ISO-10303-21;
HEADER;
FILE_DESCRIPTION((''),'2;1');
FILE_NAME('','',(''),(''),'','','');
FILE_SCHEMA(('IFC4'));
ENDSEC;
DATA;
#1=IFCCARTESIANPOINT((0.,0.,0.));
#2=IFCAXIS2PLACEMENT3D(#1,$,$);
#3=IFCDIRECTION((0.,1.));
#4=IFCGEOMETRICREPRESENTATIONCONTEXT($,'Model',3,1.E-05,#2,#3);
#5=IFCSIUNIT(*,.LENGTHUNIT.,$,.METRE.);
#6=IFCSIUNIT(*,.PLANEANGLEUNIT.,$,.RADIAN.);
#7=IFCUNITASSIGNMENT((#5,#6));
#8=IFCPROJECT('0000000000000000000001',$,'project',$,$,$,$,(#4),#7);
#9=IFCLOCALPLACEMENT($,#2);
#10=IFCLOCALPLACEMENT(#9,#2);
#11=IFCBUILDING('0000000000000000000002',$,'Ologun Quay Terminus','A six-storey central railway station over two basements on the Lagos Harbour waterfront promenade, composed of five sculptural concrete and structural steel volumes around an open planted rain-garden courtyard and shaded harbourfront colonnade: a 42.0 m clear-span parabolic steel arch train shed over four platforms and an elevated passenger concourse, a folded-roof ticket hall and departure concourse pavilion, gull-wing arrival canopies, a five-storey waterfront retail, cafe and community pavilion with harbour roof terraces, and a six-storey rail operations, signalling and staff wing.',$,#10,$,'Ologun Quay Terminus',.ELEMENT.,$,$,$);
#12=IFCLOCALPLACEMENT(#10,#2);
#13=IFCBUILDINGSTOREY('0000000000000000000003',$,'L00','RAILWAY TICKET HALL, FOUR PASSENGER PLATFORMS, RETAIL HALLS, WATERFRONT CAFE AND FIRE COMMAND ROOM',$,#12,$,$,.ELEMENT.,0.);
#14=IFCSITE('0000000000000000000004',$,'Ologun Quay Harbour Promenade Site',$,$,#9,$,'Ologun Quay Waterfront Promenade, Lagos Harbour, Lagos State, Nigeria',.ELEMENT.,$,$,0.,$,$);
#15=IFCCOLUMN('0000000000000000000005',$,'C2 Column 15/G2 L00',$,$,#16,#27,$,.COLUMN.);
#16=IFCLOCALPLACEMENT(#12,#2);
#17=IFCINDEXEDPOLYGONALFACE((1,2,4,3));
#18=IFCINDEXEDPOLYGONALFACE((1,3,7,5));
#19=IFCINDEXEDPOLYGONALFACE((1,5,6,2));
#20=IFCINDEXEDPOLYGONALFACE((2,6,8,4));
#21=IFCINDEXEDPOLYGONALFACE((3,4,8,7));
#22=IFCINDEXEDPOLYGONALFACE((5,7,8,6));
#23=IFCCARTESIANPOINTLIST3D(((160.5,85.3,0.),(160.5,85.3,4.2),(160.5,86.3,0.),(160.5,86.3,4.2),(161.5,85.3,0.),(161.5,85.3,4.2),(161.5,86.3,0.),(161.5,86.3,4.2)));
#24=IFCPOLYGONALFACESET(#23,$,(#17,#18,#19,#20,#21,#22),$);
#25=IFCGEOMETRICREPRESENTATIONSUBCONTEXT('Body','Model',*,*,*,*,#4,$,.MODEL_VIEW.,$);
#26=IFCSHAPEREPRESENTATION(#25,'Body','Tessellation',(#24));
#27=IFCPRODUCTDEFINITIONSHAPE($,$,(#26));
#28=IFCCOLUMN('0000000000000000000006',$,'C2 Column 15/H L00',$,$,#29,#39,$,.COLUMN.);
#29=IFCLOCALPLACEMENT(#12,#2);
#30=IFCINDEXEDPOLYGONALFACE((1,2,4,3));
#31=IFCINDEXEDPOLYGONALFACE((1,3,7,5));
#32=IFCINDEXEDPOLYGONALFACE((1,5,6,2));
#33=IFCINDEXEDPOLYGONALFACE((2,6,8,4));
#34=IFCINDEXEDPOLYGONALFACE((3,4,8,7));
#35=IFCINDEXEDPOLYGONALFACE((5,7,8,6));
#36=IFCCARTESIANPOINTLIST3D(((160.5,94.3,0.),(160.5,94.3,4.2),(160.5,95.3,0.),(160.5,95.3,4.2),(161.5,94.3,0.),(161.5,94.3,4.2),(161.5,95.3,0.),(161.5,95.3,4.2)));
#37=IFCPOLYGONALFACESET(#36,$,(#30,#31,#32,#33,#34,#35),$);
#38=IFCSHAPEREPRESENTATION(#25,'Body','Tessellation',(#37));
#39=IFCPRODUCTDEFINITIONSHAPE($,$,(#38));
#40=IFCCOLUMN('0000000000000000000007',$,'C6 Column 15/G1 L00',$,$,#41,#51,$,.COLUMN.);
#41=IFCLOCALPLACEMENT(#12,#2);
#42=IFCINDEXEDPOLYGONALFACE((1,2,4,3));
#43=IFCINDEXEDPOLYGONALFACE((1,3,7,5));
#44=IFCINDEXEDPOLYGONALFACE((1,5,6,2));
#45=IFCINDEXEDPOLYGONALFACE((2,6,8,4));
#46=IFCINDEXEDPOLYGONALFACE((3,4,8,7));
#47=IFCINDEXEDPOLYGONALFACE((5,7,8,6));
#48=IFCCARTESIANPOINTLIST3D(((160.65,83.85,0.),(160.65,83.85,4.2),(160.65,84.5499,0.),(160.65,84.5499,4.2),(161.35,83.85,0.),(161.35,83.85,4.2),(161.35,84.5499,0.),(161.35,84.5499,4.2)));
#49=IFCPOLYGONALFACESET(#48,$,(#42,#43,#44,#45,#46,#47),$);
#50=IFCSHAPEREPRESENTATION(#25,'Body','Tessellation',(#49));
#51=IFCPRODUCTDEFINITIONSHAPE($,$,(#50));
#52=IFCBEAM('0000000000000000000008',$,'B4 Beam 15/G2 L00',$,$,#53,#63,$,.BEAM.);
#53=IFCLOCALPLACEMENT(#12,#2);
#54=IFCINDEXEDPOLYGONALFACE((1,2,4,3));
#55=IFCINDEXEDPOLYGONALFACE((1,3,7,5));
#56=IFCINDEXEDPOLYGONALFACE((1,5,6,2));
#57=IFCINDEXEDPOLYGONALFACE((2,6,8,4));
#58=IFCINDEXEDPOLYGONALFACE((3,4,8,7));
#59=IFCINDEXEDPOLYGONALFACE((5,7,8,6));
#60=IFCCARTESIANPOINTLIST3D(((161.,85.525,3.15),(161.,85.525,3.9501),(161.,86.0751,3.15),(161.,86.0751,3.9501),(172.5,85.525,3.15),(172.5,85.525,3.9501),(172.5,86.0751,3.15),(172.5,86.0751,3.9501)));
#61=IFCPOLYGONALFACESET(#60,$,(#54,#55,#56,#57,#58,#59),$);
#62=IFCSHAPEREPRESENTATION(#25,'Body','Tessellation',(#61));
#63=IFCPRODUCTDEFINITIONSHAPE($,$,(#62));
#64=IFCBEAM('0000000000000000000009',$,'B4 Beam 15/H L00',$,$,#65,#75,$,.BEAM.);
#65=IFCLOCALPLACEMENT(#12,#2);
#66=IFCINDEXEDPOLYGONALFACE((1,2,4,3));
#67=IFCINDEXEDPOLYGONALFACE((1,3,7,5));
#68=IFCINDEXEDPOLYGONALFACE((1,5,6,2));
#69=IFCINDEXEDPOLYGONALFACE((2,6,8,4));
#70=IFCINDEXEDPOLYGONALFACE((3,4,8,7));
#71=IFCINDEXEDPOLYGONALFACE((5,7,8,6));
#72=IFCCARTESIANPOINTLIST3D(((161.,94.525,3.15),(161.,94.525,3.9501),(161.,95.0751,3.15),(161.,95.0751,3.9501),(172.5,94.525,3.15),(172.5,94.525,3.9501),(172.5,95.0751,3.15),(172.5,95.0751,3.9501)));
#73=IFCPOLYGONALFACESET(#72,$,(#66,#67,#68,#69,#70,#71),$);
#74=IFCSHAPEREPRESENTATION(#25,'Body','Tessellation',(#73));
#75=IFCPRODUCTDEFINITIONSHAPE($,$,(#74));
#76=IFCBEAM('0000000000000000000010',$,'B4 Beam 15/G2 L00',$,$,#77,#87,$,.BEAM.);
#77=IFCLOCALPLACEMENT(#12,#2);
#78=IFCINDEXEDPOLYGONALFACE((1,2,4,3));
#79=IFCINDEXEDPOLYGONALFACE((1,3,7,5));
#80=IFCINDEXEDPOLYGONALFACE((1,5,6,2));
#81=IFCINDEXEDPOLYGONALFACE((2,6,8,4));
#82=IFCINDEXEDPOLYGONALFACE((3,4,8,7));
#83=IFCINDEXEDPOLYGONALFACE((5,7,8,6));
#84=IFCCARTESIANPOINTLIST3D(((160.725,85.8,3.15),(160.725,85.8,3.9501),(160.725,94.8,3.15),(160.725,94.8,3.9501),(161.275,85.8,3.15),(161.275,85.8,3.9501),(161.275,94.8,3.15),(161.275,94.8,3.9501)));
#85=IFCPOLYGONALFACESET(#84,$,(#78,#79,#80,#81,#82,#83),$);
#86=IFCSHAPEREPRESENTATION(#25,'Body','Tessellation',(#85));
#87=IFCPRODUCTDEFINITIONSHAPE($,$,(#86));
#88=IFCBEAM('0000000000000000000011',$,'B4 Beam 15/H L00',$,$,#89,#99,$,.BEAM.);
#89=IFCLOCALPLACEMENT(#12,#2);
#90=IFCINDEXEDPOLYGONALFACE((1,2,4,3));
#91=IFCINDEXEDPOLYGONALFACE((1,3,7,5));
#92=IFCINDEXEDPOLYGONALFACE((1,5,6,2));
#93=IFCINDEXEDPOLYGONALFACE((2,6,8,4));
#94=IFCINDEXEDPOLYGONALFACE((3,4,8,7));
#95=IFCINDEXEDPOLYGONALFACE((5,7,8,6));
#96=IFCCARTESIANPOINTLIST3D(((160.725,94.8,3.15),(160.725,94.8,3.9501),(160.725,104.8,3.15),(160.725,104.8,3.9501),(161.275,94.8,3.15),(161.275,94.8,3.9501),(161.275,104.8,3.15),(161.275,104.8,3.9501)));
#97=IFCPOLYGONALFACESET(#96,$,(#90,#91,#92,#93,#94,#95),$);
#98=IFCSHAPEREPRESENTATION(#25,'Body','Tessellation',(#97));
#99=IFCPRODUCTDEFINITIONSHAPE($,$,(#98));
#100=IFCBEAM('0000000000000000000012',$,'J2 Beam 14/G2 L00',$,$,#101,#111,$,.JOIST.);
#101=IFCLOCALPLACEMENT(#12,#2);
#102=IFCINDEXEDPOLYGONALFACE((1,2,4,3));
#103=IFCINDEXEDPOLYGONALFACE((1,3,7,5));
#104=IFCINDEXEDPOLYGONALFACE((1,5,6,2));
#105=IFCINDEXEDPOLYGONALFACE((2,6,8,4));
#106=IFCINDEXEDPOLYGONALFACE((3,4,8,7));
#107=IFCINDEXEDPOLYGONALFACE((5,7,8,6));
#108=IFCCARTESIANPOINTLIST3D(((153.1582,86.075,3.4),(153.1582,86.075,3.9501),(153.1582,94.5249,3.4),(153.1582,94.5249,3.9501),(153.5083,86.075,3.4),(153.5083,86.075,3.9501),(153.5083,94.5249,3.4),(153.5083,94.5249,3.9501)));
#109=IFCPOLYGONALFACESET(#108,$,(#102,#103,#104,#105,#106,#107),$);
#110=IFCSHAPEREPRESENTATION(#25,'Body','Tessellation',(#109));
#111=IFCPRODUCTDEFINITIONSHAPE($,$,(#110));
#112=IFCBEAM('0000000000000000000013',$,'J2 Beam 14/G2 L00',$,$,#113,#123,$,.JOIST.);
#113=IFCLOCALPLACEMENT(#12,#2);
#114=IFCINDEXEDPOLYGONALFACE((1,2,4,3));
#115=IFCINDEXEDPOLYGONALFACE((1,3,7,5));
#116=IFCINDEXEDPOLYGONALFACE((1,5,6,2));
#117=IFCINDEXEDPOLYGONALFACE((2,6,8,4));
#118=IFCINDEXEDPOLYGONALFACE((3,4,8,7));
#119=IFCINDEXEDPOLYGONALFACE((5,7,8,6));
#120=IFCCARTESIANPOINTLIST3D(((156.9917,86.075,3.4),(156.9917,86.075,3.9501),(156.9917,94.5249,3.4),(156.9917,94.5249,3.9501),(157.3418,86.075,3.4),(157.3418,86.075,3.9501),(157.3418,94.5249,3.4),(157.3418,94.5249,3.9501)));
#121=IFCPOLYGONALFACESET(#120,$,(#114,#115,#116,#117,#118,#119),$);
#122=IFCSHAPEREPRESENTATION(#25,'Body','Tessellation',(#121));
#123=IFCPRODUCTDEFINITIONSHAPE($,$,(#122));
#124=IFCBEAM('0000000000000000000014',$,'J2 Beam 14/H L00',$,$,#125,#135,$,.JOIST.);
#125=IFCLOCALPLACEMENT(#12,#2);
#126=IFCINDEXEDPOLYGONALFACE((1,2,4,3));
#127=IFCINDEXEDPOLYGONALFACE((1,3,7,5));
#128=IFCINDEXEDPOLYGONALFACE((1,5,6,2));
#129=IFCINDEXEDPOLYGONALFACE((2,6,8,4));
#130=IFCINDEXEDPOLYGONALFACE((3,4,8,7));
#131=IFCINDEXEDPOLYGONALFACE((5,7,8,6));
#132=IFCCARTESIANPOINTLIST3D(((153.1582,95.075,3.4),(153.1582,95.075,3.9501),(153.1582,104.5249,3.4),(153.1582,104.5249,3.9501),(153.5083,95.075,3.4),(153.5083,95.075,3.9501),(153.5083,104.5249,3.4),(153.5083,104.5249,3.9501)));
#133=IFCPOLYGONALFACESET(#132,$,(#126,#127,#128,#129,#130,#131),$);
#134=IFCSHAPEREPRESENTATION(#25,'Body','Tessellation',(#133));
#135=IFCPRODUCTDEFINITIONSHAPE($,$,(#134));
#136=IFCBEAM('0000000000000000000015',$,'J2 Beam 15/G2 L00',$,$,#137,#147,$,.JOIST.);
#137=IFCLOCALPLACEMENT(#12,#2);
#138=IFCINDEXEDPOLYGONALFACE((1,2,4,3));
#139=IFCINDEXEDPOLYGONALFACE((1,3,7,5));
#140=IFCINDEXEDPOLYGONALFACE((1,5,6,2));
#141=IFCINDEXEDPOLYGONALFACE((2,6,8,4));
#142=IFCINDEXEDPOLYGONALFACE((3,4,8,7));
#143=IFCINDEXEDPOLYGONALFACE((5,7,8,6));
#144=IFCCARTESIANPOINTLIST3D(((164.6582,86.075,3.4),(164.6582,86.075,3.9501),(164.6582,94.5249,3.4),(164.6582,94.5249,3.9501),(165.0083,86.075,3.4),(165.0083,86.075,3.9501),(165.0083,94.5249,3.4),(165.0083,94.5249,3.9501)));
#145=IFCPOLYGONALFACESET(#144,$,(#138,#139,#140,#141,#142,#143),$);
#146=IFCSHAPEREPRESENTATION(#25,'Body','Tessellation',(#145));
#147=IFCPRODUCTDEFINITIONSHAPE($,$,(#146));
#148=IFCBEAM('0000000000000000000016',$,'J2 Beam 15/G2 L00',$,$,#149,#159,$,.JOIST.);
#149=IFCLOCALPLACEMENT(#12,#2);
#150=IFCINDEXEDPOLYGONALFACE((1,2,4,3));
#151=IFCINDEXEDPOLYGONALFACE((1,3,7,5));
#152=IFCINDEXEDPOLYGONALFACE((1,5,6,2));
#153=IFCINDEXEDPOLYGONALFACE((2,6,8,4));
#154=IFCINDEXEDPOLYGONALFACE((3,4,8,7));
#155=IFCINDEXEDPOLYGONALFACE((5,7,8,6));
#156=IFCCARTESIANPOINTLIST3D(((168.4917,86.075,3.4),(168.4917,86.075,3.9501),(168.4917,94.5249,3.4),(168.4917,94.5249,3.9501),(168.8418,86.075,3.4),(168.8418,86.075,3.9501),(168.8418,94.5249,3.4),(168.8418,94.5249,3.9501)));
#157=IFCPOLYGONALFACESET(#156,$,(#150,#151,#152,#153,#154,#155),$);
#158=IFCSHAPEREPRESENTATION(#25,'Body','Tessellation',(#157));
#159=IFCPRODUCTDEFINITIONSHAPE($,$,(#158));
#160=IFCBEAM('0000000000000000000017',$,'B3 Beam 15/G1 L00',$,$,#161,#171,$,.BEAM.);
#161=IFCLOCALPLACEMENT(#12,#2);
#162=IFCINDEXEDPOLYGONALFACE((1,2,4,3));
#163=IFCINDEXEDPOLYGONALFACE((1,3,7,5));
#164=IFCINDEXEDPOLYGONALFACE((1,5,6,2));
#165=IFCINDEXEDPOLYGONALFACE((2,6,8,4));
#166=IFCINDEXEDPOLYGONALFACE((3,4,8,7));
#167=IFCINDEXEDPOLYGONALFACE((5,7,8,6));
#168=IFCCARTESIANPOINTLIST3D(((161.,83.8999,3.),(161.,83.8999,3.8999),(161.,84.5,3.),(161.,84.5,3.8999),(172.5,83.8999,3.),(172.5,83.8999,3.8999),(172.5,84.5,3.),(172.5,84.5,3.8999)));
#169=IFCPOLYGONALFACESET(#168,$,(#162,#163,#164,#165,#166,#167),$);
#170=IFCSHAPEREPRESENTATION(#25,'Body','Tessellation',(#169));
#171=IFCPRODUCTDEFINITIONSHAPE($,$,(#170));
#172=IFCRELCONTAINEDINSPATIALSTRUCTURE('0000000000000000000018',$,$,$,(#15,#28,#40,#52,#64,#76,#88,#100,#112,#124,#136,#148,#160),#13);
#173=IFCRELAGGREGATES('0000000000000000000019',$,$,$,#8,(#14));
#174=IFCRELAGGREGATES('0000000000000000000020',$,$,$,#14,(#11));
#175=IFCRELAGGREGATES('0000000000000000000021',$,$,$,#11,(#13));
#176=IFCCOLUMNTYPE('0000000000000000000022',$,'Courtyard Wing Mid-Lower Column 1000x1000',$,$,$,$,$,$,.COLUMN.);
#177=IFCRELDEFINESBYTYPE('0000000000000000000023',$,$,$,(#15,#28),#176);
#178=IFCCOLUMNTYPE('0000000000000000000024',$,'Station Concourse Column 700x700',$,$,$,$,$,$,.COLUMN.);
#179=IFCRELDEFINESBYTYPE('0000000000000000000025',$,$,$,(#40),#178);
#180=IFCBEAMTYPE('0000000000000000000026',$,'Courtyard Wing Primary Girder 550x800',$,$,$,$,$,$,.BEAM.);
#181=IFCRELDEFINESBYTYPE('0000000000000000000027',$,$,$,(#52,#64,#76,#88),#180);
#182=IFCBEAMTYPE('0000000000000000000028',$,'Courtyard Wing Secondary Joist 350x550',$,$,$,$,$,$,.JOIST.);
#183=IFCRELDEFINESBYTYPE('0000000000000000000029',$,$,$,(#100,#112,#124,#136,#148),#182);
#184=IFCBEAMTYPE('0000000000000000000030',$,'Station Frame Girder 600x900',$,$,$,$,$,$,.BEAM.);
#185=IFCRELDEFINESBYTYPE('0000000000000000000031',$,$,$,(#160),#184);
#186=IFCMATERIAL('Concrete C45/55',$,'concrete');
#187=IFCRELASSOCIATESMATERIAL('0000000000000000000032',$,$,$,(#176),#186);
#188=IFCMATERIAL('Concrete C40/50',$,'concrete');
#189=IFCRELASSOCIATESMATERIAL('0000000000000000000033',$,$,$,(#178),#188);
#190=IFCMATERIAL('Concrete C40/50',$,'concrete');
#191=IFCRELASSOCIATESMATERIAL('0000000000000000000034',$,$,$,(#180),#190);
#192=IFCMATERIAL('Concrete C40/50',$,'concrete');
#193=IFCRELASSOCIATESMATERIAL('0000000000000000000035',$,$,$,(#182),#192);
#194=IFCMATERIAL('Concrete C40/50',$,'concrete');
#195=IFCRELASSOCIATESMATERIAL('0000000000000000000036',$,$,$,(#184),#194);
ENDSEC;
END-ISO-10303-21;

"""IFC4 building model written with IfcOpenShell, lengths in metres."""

from ifc_helpers import new_model, si_unit, direction, frame, origin, origin_2d, place, context, subcontext, project, spatial, rectangle, extrude, material, material_profile, profile_set, type_object, element, save


model = new_model("IFC4")

# Units and contexts
model_context = context("Model", 3, precision=1e-05, world=origin(), true_north=direction((0.0, 1.0)))
body_context = subcontext(model_context, "Body", "Model", "MODEL_VIEW")
ifc_project = project(units=[si_unit("LENGTHUNIT", "METRE"), si_unit("PLANEANGLEUNIT", "RADIAN")], contexts=[model_context])

# Site, building, storey
site_placement = place(None, origin())
site = spatial("IfcSite", under=ifc_project, at=site_placement, Name="Ologun Quay Harbour Promenade Site", LongName="Ologun Quay Waterfront Promenade, Lagos Harbour, Lagos State, Nigeria", CompositionType="ELEMENT", RefElevation=0.0)
building_placement = place(site_placement, origin())
building = spatial("IfcBuilding", under=site, at=building_placement, Name="Ologun Quay Terminus", Description="A six-storey central railway station over two basements on the Lagos Harbour waterfront promenade, composed of five sculptural concrete and structural steel volumes around an open planted rain-garden courtyard and shaded harbourfront colonnade: a 42.0 m clear-span parabolic steel arch train shed over four platforms and an elevated passenger concourse, a folded-roof ticket hall and departure concourse pavilion, gull-wing arrival canopies, a five-storey waterfront retail, cafe and community pavilion with harbour roof terraces, and a six-storey rail operations, signalling and staff wing.", LongName="Ologun Quay Terminus", CompositionType="ELEMENT")
storey_placement = place(building_placement, origin())
storey = spatial("IfcBuildingStorey", under=building, at=storey_placement, Name="L00", Description="RAILWAY TICKET HALL, FOUR PASSENGER PLATFORMS, RETAIL HALLS, WATERFRONT CAFE AND FIRE COMMAND ROOM", CompositionType="ELEMENT", Elevation=0.0)

# Columns
ifc_material_1 = material(Name="Concrete C45/55", Category="concrete")
ifc_material_profile_1 = material_profile(ifc_material_1, rectangle(XDim=1.0, YDim=1.0, at=origin_2d()), Name="RC 1000x1000")
ifc_profile_set_1 = profile_set([ifc_material_profile_1], Name="Concrete C45/55")
column_type_1 = type_object("IfcColumnType", Name="Courtyard Wing Mid-Lower Column 1000x1000", PredefinedType="COLUMN", material=ifc_profile_set_1)
for number, where, z_axis, x_axis, name in (
    (1, (161.0, 85.8, 0.0), (0.0, 0.0, 1.0), (1.0, 0.0, 0.0), "C2 Column 15/G2 L00"),
    (2, (161.0, 94.8, 0.0), (0.0, 0.0, 1.0), (1.0, 0.0, 0.0), "C2 Column 15/H L00"),
):
    element("IfcColumn", number, at=place(storey_placement, frame(where, z_axis=z_axis, x_axis=x_axis)), inside=storey, type_object=column_type_1, Name=name, PredefinedType="COLUMN", context=body_context, shape_type="SweptSolid", body=[
        extrude(rectangle(XDim=1.0, YDim=1.0, at=origin_2d()), origin(), (0.0, 0.0, 1.0), 4.2),
    ])
ifc_material_2 = material(Name="Concrete C40/50", Category="concrete")
ifc_material_profile_2 = material_profile(ifc_material_2, rectangle(XDim=0.7, YDim=0.7, at=origin_2d()), Name="RC 700x700")
ifc_profile_set_2 = profile_set([ifc_material_profile_2], Name="Concrete C40/50")
column_type_2 = type_object("IfcColumnType", Name="Station Concourse Column 700x700", PredefinedType="COLUMN", material=ifc_profile_set_2)
column_placement = place(storey_placement, frame((161.0, 84.2, 0.0), z_axis=(0.0, 0.0, 1.0), x_axis=(1.0, 0.0, 0.0)))
element("IfcColumn", 3, at=column_placement, inside=storey, type_object=column_type_2, Name="C6 Column 15/G1 L00", PredefinedType="COLUMN", context=body_context, shape_type="SweptSolid", body=[
    extrude(rectangle(XDim=0.7, YDim=0.7, at=origin_2d()), origin(), (0.0, 0.0, 1.0), 4.2),
])

# Beams
ifc_material_3 = material(Name="Concrete C40/50", Category="concrete")
ifc_material_profile_3 = material_profile(ifc_material_3, rectangle(XDim=0.55, YDim=0.8, at=origin_2d()), Name="RC 550x800")
ifc_profile_set_3 = profile_set([ifc_material_profile_3], Name="Concrete C40/50")
beam_type_1 = type_object("IfcBeamType", Name="Courtyard Wing Primary Girder 550x800", PredefinedType="BEAM", material=ifc_profile_set_3)
for number, where, z_axis, x_axis, name in (
    (4, (161.0, 85.8, 3.55), (1.0, 0.0, 0.0), (0.0, 1.0, 0.0), "B4 Beam 15/G2 L00"),
    (5, (161.0, 94.8, 3.55), (1.0, 0.0, 0.0), (0.0, 1.0, 0.0), "B4 Beam 15/H L00"),
):
    element("IfcBeam", number, at=place(storey_placement, frame(where, z_axis=z_axis, x_axis=x_axis)), inside=storey, type_object=beam_type_1, Name=name, PredefinedType="BEAM", context=body_context, shape_type="SweptSolid", body=[
        extrude(rectangle(XDim=0.55, YDim=0.8, at=origin_2d()), origin(), (0.0, 0.0, 1.0), 11.5),
    ])
beam_1_placement = place(storey_placement, frame((161.0, 85.8, 3.55), z_axis=(0.0, 1.0, 0.0), x_axis=(-1.0, 0.0, 0.0)))
element("IfcBeam", 6, at=beam_1_placement, inside=storey, type_object=beam_type_1, Name="B4 Beam 15/G2 L00", PredefinedType="BEAM", context=body_context, shape_type="SweptSolid", body=[
    extrude(rectangle(XDim=0.55, YDim=0.8, at=origin_2d()), origin(), (0.0, 0.0, 1.0), 9.0),
])
beam_2_placement = place(storey_placement, frame((161.0, 94.8, 3.55), z_axis=(0.0, 1.0, 0.0), x_axis=(-1.0, 0.0, 0.0)))
element("IfcBeam", 7, at=beam_2_placement, inside=storey, type_object=beam_type_1, Name="B4 Beam 15/H L00", PredefinedType="BEAM", context=body_context, shape_type="SweptSolid", body=[
    extrude(rectangle(XDim=0.55, YDim=0.8, at=origin_2d()), origin(), (0.0, 0.0, 1.0), 10.0),
])
ifc_material_4 = material(Name="Concrete C40/50", Category="concrete")
ifc_material_profile_4 = material_profile(ifc_material_4, rectangle(XDim=0.3501, YDim=0.55, at=origin_2d()), Name="RC 350x550")
ifc_profile_set_4 = profile_set([ifc_material_profile_4], Name="Concrete C40/50")
beam_type_2 = type_object("IfcBeamType", Name="Courtyard Wing Secondary Joist 350x550", PredefinedType="JOIST", material=ifc_profile_set_4)
for number, where, z_axis, x_axis, name in (
    (8, (153.3333, 86.075, 3.675), (0.0, 1.0, 0.0), (-1.0, 0.0, 0.0), "J2 Beam 14/G2 L00"),
    (9, (157.1667, 86.075, 3.675), (0.0, 1.0, 0.0), (-1.0, 0.0, 0.0), "J2 Beam 14/G2 L00"),
):
    element("IfcBeam", number, at=place(storey_placement, frame(where, z_axis=z_axis, x_axis=x_axis)), inside=storey, type_object=beam_type_2, Name=name, PredefinedType="JOIST", context=body_context, shape_type="SweptSolid", body=[
        extrude(rectangle(XDim=0.3501, YDim=0.55, at=origin_2d()), origin(), (0.0, 0.0, 1.0), 8.45),
    ])
beam_3_placement = place(storey_placement, frame((153.3333, 95.075, 3.675), z_axis=(0.0, 1.0, 0.0), x_axis=(-1.0, 0.0, 0.0)))
element("IfcBeam", 10, at=beam_3_placement, inside=storey, type_object=beam_type_2, Name="J2 Beam 14/H L00", PredefinedType="JOIST", context=body_context, shape_type="SweptSolid", body=[
    extrude(rectangle(XDim=0.3501, YDim=0.55, at=origin_2d()), origin(), (0.0, 0.0, 1.0), 9.45),
])
for number, where, z_axis, x_axis, name in (
    (11, (164.8333, 86.075, 3.675), (0.0, 1.0, 0.0), (-1.0, 0.0, 0.0), "J2 Beam 15/G2 L00"),
    (12, (168.6667, 86.075, 3.675), (0.0, 1.0, 0.0), (-1.0, 0.0, 0.0), "J2 Beam 15/G2 L00"),
):
    element("IfcBeam", number, at=place(storey_placement, frame(where, z_axis=z_axis, x_axis=x_axis)), inside=storey, type_object=beam_type_2, Name=name, PredefinedType="JOIST", context=body_context, shape_type="SweptSolid", body=[
        extrude(rectangle(XDim=0.3501, YDim=0.55, at=origin_2d()), origin(), (0.0, 0.0, 1.0), 8.45),
    ])
ifc_material_5 = material(Name="Concrete C40/50", Category="concrete")
ifc_material_profile_5 = material_profile(ifc_material_5, rectangle(XDim=0.6001, YDim=0.8999, at=origin_2d()), Name="RC 600x900")
ifc_profile_set_5 = profile_set([ifc_material_profile_5], Name="Concrete C40/50")
beam_type_3 = type_object("IfcBeamType", Name="Station Frame Girder 600x900", PredefinedType="BEAM", material=ifc_profile_set_5)
beam_4_placement = place(storey_placement, frame((161.0, 84.2, 3.45), z_axis=(1.0, 0.0, 0.0), x_axis=(0.0, 1.0, 0.0)))
element("IfcBeam", 13, at=beam_4_placement, inside=storey, type_object=beam_type_3, Name="B3 Beam 15/G1 L00", PredefinedType="BEAM", context=body_context, shape_type="SweptSolid", body=[
    extrude(rectangle(XDim=0.6001, YDim=0.8999, at=origin_2d()), origin(), (0.0, 0.0, 1.0), 11.5),
])

save(model, "model.ifc")
